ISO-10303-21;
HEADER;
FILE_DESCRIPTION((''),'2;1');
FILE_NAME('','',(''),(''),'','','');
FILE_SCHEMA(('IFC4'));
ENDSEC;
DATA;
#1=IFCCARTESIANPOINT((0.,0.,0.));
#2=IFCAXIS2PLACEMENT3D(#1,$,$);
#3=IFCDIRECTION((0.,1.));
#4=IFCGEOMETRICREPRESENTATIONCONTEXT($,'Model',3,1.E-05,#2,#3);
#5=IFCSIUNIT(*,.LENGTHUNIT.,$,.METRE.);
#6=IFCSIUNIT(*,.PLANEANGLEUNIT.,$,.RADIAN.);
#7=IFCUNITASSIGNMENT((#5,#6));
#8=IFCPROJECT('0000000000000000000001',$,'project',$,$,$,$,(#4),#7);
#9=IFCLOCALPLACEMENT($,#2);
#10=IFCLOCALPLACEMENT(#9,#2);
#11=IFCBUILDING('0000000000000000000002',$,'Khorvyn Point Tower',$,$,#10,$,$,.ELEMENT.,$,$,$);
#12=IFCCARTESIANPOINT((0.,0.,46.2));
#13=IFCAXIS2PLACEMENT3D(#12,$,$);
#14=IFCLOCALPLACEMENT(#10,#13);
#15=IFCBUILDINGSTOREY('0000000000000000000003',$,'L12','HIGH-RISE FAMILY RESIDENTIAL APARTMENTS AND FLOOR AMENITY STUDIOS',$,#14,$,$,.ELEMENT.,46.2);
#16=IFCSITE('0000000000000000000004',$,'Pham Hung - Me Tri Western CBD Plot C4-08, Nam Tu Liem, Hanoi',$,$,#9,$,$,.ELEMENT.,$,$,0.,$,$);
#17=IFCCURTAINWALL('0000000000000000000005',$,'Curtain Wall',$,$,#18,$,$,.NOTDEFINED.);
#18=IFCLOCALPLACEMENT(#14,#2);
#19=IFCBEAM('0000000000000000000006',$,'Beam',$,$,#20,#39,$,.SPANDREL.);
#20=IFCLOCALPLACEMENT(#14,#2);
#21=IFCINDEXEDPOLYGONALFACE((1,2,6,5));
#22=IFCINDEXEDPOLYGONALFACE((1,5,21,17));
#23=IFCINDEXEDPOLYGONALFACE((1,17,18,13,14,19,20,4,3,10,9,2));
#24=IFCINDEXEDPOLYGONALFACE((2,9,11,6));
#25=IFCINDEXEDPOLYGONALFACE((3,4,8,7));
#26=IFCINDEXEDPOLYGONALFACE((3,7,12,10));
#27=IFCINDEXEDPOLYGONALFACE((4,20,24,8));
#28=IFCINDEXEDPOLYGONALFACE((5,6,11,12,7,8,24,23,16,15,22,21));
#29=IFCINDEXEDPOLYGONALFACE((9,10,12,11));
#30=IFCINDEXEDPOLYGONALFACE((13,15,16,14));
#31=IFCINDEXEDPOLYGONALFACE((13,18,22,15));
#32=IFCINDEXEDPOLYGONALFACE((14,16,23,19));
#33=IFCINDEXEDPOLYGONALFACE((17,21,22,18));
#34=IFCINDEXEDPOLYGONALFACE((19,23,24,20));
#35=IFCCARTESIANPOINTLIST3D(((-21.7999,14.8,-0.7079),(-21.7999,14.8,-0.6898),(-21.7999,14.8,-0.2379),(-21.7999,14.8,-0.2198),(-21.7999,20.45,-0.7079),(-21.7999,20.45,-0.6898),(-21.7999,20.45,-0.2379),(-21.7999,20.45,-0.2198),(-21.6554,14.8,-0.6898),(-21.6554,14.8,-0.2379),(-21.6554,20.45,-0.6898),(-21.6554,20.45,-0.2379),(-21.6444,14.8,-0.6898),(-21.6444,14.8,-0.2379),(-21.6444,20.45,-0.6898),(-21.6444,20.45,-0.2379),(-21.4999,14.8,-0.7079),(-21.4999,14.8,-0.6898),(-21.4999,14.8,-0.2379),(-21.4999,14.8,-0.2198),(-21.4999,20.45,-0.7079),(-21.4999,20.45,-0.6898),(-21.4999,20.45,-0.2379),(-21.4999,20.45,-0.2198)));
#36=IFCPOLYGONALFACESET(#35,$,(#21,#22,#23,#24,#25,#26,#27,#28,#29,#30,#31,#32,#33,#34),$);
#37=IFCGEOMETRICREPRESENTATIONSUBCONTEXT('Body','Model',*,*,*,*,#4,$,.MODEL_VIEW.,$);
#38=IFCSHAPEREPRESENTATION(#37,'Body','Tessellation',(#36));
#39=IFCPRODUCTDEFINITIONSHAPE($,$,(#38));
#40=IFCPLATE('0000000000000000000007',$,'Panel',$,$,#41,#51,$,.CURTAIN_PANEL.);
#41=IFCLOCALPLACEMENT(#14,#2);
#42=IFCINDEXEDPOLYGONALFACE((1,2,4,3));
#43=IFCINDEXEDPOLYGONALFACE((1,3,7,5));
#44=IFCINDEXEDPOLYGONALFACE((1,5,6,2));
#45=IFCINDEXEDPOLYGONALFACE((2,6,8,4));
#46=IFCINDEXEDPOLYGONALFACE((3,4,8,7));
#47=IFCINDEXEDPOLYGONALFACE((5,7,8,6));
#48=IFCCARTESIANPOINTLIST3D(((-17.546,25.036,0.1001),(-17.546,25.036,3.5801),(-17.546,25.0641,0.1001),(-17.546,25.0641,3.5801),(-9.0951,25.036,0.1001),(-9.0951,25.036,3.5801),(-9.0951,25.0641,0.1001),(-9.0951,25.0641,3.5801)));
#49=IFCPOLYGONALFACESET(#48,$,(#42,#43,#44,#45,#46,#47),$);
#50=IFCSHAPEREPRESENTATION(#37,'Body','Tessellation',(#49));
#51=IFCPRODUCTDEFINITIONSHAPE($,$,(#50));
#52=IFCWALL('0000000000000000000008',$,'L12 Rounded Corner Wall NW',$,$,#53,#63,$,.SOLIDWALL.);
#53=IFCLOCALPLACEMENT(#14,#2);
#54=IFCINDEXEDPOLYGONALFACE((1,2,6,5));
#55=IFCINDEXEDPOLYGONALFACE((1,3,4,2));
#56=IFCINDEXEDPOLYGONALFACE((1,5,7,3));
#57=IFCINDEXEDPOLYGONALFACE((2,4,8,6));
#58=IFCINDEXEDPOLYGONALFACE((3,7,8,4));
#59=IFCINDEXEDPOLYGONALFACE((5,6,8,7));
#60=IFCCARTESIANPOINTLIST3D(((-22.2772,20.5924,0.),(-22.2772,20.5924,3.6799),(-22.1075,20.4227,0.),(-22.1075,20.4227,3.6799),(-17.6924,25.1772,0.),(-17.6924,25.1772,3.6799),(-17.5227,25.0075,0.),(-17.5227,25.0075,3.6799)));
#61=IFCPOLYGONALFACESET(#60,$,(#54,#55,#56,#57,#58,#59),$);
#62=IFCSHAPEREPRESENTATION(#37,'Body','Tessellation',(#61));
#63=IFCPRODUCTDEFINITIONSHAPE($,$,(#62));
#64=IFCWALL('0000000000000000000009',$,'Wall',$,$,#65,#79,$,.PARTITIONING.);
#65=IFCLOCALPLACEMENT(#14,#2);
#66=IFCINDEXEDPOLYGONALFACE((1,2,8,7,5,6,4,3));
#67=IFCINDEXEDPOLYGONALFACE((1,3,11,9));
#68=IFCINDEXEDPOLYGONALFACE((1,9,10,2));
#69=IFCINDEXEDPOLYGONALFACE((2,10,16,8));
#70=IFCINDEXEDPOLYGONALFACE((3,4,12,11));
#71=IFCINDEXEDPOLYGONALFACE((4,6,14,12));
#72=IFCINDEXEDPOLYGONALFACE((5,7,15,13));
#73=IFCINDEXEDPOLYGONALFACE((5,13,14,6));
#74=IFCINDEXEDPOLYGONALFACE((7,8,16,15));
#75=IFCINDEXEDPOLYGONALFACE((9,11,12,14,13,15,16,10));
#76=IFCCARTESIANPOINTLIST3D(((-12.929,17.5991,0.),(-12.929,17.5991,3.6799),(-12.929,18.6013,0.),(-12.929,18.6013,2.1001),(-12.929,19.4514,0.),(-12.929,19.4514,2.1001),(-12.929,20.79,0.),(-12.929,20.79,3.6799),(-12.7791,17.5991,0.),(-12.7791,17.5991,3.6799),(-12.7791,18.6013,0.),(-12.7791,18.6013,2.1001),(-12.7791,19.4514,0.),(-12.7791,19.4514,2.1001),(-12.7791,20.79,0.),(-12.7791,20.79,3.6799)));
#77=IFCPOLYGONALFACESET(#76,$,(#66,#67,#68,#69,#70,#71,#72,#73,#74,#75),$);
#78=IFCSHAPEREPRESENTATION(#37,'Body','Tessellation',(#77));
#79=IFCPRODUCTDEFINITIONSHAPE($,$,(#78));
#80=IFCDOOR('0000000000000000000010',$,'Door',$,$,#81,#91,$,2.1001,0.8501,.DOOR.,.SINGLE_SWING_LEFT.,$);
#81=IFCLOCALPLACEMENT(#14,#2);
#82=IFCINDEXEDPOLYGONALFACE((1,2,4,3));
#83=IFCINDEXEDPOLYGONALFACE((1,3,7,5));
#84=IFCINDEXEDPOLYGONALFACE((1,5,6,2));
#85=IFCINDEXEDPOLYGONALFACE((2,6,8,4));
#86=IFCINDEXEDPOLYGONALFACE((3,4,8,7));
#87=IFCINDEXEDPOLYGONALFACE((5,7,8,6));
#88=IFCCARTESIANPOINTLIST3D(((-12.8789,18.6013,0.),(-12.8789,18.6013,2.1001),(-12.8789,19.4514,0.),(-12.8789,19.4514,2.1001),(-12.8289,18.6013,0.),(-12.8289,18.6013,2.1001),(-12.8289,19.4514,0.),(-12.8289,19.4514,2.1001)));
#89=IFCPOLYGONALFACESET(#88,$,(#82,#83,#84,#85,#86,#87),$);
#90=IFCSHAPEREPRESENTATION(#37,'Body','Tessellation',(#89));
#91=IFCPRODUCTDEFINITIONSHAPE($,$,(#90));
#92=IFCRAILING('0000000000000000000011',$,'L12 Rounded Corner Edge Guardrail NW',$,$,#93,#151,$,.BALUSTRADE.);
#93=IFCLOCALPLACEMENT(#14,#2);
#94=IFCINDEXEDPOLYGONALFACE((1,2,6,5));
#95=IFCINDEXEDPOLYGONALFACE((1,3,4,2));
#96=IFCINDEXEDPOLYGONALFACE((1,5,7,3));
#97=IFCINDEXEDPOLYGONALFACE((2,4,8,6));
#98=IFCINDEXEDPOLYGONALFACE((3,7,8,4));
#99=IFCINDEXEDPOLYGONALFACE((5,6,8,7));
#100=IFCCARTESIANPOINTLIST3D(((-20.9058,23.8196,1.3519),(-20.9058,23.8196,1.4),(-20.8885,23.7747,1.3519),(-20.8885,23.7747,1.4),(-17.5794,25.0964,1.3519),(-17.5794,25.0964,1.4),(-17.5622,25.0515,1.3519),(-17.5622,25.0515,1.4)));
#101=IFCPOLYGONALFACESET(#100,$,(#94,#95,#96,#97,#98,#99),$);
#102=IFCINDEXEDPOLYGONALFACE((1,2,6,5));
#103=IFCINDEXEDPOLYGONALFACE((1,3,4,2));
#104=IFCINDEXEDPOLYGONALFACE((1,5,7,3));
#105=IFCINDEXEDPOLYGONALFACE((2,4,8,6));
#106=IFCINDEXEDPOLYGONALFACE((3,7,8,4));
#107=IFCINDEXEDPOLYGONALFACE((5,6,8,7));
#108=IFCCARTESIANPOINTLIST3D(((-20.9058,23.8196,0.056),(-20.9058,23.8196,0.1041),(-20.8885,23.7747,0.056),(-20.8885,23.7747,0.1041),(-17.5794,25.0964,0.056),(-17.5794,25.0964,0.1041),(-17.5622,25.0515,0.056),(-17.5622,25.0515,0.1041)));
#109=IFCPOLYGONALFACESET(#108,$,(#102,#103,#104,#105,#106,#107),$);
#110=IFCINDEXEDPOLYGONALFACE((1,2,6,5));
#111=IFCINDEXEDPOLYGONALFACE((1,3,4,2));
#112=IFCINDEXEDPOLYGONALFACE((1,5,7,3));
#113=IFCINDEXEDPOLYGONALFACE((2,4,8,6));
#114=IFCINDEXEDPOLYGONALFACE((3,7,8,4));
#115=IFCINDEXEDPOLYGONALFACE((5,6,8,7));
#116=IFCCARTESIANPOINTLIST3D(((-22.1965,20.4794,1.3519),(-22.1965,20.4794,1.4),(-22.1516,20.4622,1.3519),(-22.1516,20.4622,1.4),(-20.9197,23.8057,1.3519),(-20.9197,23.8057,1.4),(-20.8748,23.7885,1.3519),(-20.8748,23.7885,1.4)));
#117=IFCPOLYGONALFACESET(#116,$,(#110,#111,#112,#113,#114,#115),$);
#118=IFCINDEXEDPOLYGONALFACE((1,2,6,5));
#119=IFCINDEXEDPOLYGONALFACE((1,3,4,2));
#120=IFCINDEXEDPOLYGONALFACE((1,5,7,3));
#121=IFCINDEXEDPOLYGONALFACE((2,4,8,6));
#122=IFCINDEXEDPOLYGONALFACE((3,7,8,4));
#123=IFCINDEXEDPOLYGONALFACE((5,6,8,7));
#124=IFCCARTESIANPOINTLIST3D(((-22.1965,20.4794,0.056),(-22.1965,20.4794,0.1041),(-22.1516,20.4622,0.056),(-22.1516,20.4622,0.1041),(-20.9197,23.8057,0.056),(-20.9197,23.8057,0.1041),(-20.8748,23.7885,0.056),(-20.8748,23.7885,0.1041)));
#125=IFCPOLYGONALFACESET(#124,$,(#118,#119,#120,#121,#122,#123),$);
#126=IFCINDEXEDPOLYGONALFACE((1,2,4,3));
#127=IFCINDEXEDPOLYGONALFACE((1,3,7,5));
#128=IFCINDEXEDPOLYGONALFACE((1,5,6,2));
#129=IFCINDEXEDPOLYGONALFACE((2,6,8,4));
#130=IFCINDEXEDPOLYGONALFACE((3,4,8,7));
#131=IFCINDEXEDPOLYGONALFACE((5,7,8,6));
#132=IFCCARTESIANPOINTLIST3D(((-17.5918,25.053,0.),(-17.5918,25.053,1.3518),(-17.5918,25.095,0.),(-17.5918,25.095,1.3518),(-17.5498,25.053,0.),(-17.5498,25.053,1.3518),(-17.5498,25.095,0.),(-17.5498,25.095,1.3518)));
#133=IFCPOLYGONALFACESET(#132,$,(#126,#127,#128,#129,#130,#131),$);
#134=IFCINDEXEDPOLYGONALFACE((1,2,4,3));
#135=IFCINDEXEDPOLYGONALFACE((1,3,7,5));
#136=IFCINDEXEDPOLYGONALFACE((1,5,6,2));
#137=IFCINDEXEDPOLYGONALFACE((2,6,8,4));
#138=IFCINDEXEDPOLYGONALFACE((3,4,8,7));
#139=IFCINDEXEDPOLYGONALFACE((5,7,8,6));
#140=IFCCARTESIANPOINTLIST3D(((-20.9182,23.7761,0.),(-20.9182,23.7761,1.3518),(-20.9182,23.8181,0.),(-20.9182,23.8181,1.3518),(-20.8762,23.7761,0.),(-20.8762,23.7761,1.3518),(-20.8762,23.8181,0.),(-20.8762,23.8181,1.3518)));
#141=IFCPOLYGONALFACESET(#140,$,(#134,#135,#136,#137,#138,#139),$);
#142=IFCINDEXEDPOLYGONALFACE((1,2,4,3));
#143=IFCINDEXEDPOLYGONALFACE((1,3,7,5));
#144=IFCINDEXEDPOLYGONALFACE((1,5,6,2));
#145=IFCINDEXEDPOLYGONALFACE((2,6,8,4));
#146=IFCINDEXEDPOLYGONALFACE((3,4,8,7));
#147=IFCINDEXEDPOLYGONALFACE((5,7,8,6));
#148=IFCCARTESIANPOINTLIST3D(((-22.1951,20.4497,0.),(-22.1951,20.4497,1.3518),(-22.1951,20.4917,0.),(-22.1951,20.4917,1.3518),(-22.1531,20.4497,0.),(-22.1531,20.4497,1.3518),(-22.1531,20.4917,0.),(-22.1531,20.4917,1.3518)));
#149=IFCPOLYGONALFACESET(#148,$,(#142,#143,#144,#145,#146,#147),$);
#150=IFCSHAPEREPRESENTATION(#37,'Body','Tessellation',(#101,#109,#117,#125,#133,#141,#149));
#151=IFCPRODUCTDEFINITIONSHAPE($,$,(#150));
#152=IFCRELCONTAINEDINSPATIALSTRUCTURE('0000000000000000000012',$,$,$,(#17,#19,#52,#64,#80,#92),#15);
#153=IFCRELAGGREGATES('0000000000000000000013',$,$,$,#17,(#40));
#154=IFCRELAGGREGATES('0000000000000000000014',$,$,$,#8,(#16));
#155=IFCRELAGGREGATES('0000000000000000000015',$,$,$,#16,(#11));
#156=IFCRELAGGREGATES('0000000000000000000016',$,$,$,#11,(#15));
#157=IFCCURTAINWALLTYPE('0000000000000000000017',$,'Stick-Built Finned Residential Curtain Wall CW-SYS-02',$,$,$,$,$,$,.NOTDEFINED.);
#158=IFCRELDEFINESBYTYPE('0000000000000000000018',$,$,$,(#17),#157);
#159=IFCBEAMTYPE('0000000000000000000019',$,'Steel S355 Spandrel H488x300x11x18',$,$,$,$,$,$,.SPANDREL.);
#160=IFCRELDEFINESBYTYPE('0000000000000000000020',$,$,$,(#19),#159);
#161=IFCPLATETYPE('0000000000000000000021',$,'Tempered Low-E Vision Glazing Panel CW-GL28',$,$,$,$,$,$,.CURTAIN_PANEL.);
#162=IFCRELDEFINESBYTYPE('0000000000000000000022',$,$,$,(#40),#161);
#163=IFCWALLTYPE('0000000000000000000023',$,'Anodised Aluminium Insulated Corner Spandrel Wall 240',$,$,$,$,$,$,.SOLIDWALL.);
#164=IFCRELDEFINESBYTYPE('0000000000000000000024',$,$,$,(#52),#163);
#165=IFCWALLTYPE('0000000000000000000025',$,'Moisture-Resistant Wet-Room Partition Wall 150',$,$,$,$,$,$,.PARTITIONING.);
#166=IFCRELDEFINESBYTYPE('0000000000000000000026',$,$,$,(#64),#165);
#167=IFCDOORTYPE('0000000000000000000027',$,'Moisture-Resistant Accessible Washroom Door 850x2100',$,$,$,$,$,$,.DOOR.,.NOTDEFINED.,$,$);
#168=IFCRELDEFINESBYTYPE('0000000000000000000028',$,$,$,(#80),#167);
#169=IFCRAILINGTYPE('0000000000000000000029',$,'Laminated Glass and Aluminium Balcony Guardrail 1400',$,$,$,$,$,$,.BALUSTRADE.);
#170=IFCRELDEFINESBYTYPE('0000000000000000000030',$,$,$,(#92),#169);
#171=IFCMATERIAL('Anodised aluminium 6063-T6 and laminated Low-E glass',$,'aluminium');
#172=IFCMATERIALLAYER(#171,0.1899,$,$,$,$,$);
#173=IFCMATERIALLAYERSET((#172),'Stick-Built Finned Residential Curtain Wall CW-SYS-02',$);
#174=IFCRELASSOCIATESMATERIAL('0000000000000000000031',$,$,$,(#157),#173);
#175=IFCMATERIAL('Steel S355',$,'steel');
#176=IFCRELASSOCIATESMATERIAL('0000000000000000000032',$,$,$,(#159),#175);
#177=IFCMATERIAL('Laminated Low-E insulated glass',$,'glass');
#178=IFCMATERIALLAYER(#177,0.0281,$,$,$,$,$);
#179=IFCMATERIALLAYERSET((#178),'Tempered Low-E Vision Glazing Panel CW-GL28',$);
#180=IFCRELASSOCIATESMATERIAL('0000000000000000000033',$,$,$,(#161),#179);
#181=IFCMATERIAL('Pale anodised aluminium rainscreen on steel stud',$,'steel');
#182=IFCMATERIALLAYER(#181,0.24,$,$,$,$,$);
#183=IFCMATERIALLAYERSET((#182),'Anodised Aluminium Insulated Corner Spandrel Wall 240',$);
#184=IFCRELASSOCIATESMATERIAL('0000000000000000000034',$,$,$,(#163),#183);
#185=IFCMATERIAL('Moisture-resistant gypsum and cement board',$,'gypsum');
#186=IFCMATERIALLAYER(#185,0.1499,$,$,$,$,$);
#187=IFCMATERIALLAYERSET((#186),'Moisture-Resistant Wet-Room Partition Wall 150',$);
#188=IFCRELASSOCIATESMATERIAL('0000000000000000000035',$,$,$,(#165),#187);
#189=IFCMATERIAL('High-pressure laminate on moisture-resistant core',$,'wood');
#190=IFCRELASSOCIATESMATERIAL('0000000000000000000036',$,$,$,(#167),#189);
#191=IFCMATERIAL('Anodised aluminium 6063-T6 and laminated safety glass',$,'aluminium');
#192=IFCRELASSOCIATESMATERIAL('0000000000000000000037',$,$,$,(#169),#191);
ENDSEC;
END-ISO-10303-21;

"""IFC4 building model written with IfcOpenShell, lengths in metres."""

from ifc_helpers import new_model, si_unit, direction, frame, frame_2d, origin, origin_2d, place, context, subcontext, project, spatial, rectangle, i_section, extrude, material, layer, layer_set, material_profile, profile_set, type_object, element, fill, aggregate, save


model = new_model("IFC4")

# Units and contexts
model_context = context("Model", 3, precision=1e-05, world=origin(), true_north=direction((0.0, 1.0)))
body_context = subcontext(model_context, "Body", "Model", "MODEL_VIEW")
ifc_project = project(units=[si_unit("LENGTHUNIT", "METRE"), si_unit("PLANEANGLEUNIT", "RADIAN")], contexts=[model_context])

# Site, building, storey
site_placement = place(None, origin())
site = spatial("IfcSite", under=ifc_project, at=site_placement, Name="Pham Hung - Me Tri Western CBD Plot C4-08, Nam Tu Liem, Hanoi", CompositionType="ELEMENT", RefElevation=0.0)
building_placement = place(site_placement, origin())
building = spatial("IfcBuilding", under=site, at=building_placement, Name="Khorvyn Point Tower", CompositionType="ELEMENT")
storey_placement = place(building_placement, frame((0.0, 0.0, 46.2)))
storey = spatial("IfcBuildingStorey", under=building, at=storey_placement, Name="L12", Description="HIGH-RISE FAMILY RESIDENTIAL APARTMENTS AND FLOOR AMENITY STUDIOS", CompositionType="ELEMENT", Elevation=46.2)

# Curtain wall
ifc_material_1 = material(Name="Anodised aluminium 6063-T6 and laminated Low-E glass", Category="aluminium")
ifc_layer_1 = layer(ifc_material_1, 0.1899)
ifc_layer_set_1 = layer_set([ifc_layer_1], Name="Stick-Built Finned Residential Curtain Wall CW-SYS-02")
curtain_wall_type = type_object("IfcCurtainWallType", Name="Stick-Built Finned Residential Curtain Wall CW-SYS-02", PredefinedType="NOTDEFINED", material=ifc_layer_set_1)
curtain_wall_1_placement = place(storey_placement, origin())
curtain_wall_1 = element("IfcCurtainWall", 1, at=curtain_wall_1_placement, inside=storey, type_object=curtain_wall_type, Name="Curtain Wall", PredefinedType="NOTDEFINED")

# Beam
ifc_material_2 = material(Name="Steel S355", Category="steel")
ifc_material_profile_1 = material_profile(ifc_material_2, i_section(OverallWidth=0.3, OverallDepth=0.488, WebThickness=0.011, FlangeThickness=0.0181, at=origin_2d()))
ifc_profile_set_1 = profile_set([ifc_material_profile_1], Name="Steel S355 H488x300x11x18")
beam_type_1 = type_object("IfcBeamType", Name="Steel S355 Spandrel H488x300x11x18", PredefinedType="SPANDREL", material=ifc_profile_set_1)
beam_1_placement = place(storey_placement, frame((-21.6499, 14.8, -0.4639), z_axis=(0.0, 1.0, 0.0), x_axis=(-1.0, 0.0, 0.0)))
element("IfcBeam", 2, at=beam_1_placement, inside=storey, type_object=beam_type_1, Name="Beam", PredefinedType="SPANDREL", context=body_context, shape_type="SweptSolid", body=[
    extrude(i_section(OverallWidth=0.3, OverallDepth=0.488, WebThickness=0.011, FlangeThickness=0.0181, at=origin_2d()), origin(), (0.0, 0.0, 1.0), 5.6499),
])

# Plate
ifc_material_3 = material(Name="Laminated Low-E insulated glass", Category="glass")
ifc_layer_2 = layer(ifc_material_3, 0.0281)
ifc_layer_set_2 = layer_set([ifc_layer_2], Name="Tempered Low-E Vision Glazing Panel CW-GL28")
plate_type = type_object("IfcPlateType", Name="Tempered Low-E Vision Glazing Panel CW-GL28", PredefinedType="CURTAIN_PANEL", material=ifc_layer_set_2)
plate_placement = place(storey_placement, frame((-13.3206, 25.05, 0.1001), z_axis=(0.0, 0.0, 1.0), x_axis=(1.0, 0.0, 0.0)))
plate = element("IfcPlate", 3, at=plate_placement, type_object=plate_type, Name="Panel", PredefinedType="CURTAIN_PANEL", context=body_context, shape_type="SweptSolid", body=[
    extrude(rectangle(XDim=8.4509, YDim=0.0281, at=origin_2d()), origin(), (0.0, 0.0, 1.0), 3.48),
])
aggregate(curtain_wall_1, [plate])

# Wall
ifc_material_4 = material(Name="Pale anodised aluminium rainscreen on steel stud", Category="steel")
ifc_layer_3 = layer(ifc_material_4, 0.24)
ifc_layer_set_3 = layer_set([ifc_layer_3], Name="Anodised Aluminium Insulated Corner Spandrel Wall 240")
wall_type_1 = type_object("IfcWallType", Name="Anodised Aluminium Insulated Corner Spandrel Wall 240", PredefinedType="SOLIDWALL", material=ifc_layer_set_3)
wall_1_placement = place(storey_placement, frame((-22.1924, 20.5076, 0.0), z_axis=(0.0, 0.0, 1.0), x_axis=(0.707107, 0.707107, 0.0)))
element("IfcWall", 4, at=wall_1_placement, inside=storey, type_object=wall_type_1, Name="L12 Rounded Corner Wall NW", PredefinedType="SOLIDWALL", context=body_context, shape_type="SweptSolid", body=[
    extrude(rectangle(XDim=6.4839, YDim=0.24, at=frame_2d((3.2419, 0.0))), origin(), (0.0, 0.0, 1.0), 3.6799),
])

# Wall, opening, door
ifc_material_5 = material(Name="Moisture-resistant gypsum and cement board", Category="gypsum")
ifc_layer_4 = layer(ifc_material_5, 0.1499)
ifc_layer_set_4 = layer_set([ifc_layer_4], Name="Moisture-Resistant Wet-Room Partition Wall 150")
wall_type_2 = type_object("IfcWallType", Name="Moisture-Resistant Wet-Room Partition Wall 150", PredefinedType="PARTITIONING", material=ifc_layer_set_4)
wall_2_placement = place(storey_placement, frame((-12.854, 17.5991, 0.0), z_axis=(0.0, 0.0, 1.0), x_axis=(0.0, 1.0, 0.0)))
wall_2 = element("IfcWall", 5, at=wall_2_placement, inside=storey, type_object=wall_type_2, Name="Wall", PredefinedType="PARTITIONING", context=body_context, shape_type="SweptSolid", body=[
    extrude(rectangle(XDim=3.1909, YDim=0.1499, at=frame_2d((1.5955, 0.0))), origin(), (0.0, 0.0, 1.0), 3.6799),
])
opening_placement = place(wall_2_placement, frame((1.0022, 0.0, 0.0)))
opening = element("IfcOpeningElement", 6, at=opening_placement, cuts=wall_2, PredefinedType="OPENING", context=body_context, shape_type="SweptSolid", body=[
    extrude(rectangle(XDim=0.8501, YDim=2.1001, at=frame_2d((0.425, 1.05))), frame((0.0, 0.085, 0.0), z_axis=(0.0, -1.0, 0.0), x_axis=(1.0, 0.0, 0.0)), (0.0, 0.0, 1.0), 0.1699),
])
ifc_material_6 = material(Name="High-pressure laminate on moisture-resistant core", Category="wood")
door_type = type_object("IfcDoorType", Name="Moisture-Resistant Accessible Washroom Door 850x2100", OperationType="NOTDEFINED", PredefinedType="DOOR", material=ifc_material_6)
door_placement = place(opening_placement, origin())
door = element("IfcDoor", 7, at=door_placement, inside=storey, type_object=door_type, Name="Door", OperationType="SINGLE_SWING_LEFT", OverallHeight=2.1001, OverallWidth=0.8501, PredefinedType="DOOR", context=body_context, shape_type="SweptSolid", body=[
    extrude(rectangle(XDim=0.8501, YDim=2.1001, at=frame_2d((0.425, 1.05))), frame((0.0, 0.0249, 0.0), z_axis=(0.0, -1.0, 0.0), x_axis=(1.0, 0.0, 0.0)), (0.0, 0.0, 1.0), 0.05),
])
fill(opening, door)

# Railing
ifc_material_7 = material(Name="Anodised aluminium 6063-T6 and laminated safety glass", Category="aluminium")
railing_type = type_object("IfcRailingType", Name="Laminated Glass and Aluminium Balcony Guardrail 1400", PredefinedType="BALUSTRADE", material=ifc_material_7)
railing_1_placement = place(storey_placement, frame((-17.5708, 25.074, 0.0)))
element("IfcRailing", 8, at=railing_1_placement, inside=storey, type_object=railing_type, Name="L12 Rounded Corner Edge Guardrail NW", PredefinedType="BALUSTRADE", context=body_context, shape_type="SweptSolid", body=[
    extrude(rectangle(XDim=0.0481, YDim=0.0481, at=origin_2d()), frame((0.0, 0.0, 1.376), z_axis=(-0.933584, -0.358359, 0.0), x_axis=(0.358359, -0.933584, 0.0)), (0.0, 0.0, 1.0), 3.563),
    extrude(rectangle(XDim=0.0481, YDim=0.0481, at=origin_2d()), frame((0.0, 0.0, 0.0801), z_axis=(-0.933584, -0.358359, 0.0), x_axis=(0.358359, -0.933584, 0.0)), (0.0, 0.0, 1.0), 3.563),
    extrude(rectangle(XDim=0.0481, YDim=0.0481, at=origin_2d()), frame((-3.3264, -1.2769, 1.376), z_axis=(-0.358359, -0.933584, 0.0), x_axis=(0.933584, -0.358359, 0.0)), (0.0, 0.0, 1.0), 3.563),
    extrude(rectangle(XDim=0.0481, YDim=0.0481, at=origin_2d()), frame((-3.3264, -1.2769, 0.0801), z_axis=(-0.358359, -0.933584, 0.0), x_axis=(0.933584, -0.358359, 0.0)), (0.0, 0.0, 1.0), 3.563),
    extrude(rectangle(XDim=0.042, YDim=0.042, at=origin_2d()), origin(), (0.0, 0.0, 1.0), 1.3518),
    extrude(rectangle(XDim=0.042, YDim=0.042, at=origin_2d()), frame((-3.3264, -1.2769, 0.0)), (0.0, 0.0, 1.0), 1.3518),
    extrude(rectangle(XDim=0.042, YDim=0.042, at=origin_2d()), frame((-4.6033, -4.6033, 0.0)), (0.0, 0.0, 1.0), 1.3518),
])

save(model, "model.ifc")
